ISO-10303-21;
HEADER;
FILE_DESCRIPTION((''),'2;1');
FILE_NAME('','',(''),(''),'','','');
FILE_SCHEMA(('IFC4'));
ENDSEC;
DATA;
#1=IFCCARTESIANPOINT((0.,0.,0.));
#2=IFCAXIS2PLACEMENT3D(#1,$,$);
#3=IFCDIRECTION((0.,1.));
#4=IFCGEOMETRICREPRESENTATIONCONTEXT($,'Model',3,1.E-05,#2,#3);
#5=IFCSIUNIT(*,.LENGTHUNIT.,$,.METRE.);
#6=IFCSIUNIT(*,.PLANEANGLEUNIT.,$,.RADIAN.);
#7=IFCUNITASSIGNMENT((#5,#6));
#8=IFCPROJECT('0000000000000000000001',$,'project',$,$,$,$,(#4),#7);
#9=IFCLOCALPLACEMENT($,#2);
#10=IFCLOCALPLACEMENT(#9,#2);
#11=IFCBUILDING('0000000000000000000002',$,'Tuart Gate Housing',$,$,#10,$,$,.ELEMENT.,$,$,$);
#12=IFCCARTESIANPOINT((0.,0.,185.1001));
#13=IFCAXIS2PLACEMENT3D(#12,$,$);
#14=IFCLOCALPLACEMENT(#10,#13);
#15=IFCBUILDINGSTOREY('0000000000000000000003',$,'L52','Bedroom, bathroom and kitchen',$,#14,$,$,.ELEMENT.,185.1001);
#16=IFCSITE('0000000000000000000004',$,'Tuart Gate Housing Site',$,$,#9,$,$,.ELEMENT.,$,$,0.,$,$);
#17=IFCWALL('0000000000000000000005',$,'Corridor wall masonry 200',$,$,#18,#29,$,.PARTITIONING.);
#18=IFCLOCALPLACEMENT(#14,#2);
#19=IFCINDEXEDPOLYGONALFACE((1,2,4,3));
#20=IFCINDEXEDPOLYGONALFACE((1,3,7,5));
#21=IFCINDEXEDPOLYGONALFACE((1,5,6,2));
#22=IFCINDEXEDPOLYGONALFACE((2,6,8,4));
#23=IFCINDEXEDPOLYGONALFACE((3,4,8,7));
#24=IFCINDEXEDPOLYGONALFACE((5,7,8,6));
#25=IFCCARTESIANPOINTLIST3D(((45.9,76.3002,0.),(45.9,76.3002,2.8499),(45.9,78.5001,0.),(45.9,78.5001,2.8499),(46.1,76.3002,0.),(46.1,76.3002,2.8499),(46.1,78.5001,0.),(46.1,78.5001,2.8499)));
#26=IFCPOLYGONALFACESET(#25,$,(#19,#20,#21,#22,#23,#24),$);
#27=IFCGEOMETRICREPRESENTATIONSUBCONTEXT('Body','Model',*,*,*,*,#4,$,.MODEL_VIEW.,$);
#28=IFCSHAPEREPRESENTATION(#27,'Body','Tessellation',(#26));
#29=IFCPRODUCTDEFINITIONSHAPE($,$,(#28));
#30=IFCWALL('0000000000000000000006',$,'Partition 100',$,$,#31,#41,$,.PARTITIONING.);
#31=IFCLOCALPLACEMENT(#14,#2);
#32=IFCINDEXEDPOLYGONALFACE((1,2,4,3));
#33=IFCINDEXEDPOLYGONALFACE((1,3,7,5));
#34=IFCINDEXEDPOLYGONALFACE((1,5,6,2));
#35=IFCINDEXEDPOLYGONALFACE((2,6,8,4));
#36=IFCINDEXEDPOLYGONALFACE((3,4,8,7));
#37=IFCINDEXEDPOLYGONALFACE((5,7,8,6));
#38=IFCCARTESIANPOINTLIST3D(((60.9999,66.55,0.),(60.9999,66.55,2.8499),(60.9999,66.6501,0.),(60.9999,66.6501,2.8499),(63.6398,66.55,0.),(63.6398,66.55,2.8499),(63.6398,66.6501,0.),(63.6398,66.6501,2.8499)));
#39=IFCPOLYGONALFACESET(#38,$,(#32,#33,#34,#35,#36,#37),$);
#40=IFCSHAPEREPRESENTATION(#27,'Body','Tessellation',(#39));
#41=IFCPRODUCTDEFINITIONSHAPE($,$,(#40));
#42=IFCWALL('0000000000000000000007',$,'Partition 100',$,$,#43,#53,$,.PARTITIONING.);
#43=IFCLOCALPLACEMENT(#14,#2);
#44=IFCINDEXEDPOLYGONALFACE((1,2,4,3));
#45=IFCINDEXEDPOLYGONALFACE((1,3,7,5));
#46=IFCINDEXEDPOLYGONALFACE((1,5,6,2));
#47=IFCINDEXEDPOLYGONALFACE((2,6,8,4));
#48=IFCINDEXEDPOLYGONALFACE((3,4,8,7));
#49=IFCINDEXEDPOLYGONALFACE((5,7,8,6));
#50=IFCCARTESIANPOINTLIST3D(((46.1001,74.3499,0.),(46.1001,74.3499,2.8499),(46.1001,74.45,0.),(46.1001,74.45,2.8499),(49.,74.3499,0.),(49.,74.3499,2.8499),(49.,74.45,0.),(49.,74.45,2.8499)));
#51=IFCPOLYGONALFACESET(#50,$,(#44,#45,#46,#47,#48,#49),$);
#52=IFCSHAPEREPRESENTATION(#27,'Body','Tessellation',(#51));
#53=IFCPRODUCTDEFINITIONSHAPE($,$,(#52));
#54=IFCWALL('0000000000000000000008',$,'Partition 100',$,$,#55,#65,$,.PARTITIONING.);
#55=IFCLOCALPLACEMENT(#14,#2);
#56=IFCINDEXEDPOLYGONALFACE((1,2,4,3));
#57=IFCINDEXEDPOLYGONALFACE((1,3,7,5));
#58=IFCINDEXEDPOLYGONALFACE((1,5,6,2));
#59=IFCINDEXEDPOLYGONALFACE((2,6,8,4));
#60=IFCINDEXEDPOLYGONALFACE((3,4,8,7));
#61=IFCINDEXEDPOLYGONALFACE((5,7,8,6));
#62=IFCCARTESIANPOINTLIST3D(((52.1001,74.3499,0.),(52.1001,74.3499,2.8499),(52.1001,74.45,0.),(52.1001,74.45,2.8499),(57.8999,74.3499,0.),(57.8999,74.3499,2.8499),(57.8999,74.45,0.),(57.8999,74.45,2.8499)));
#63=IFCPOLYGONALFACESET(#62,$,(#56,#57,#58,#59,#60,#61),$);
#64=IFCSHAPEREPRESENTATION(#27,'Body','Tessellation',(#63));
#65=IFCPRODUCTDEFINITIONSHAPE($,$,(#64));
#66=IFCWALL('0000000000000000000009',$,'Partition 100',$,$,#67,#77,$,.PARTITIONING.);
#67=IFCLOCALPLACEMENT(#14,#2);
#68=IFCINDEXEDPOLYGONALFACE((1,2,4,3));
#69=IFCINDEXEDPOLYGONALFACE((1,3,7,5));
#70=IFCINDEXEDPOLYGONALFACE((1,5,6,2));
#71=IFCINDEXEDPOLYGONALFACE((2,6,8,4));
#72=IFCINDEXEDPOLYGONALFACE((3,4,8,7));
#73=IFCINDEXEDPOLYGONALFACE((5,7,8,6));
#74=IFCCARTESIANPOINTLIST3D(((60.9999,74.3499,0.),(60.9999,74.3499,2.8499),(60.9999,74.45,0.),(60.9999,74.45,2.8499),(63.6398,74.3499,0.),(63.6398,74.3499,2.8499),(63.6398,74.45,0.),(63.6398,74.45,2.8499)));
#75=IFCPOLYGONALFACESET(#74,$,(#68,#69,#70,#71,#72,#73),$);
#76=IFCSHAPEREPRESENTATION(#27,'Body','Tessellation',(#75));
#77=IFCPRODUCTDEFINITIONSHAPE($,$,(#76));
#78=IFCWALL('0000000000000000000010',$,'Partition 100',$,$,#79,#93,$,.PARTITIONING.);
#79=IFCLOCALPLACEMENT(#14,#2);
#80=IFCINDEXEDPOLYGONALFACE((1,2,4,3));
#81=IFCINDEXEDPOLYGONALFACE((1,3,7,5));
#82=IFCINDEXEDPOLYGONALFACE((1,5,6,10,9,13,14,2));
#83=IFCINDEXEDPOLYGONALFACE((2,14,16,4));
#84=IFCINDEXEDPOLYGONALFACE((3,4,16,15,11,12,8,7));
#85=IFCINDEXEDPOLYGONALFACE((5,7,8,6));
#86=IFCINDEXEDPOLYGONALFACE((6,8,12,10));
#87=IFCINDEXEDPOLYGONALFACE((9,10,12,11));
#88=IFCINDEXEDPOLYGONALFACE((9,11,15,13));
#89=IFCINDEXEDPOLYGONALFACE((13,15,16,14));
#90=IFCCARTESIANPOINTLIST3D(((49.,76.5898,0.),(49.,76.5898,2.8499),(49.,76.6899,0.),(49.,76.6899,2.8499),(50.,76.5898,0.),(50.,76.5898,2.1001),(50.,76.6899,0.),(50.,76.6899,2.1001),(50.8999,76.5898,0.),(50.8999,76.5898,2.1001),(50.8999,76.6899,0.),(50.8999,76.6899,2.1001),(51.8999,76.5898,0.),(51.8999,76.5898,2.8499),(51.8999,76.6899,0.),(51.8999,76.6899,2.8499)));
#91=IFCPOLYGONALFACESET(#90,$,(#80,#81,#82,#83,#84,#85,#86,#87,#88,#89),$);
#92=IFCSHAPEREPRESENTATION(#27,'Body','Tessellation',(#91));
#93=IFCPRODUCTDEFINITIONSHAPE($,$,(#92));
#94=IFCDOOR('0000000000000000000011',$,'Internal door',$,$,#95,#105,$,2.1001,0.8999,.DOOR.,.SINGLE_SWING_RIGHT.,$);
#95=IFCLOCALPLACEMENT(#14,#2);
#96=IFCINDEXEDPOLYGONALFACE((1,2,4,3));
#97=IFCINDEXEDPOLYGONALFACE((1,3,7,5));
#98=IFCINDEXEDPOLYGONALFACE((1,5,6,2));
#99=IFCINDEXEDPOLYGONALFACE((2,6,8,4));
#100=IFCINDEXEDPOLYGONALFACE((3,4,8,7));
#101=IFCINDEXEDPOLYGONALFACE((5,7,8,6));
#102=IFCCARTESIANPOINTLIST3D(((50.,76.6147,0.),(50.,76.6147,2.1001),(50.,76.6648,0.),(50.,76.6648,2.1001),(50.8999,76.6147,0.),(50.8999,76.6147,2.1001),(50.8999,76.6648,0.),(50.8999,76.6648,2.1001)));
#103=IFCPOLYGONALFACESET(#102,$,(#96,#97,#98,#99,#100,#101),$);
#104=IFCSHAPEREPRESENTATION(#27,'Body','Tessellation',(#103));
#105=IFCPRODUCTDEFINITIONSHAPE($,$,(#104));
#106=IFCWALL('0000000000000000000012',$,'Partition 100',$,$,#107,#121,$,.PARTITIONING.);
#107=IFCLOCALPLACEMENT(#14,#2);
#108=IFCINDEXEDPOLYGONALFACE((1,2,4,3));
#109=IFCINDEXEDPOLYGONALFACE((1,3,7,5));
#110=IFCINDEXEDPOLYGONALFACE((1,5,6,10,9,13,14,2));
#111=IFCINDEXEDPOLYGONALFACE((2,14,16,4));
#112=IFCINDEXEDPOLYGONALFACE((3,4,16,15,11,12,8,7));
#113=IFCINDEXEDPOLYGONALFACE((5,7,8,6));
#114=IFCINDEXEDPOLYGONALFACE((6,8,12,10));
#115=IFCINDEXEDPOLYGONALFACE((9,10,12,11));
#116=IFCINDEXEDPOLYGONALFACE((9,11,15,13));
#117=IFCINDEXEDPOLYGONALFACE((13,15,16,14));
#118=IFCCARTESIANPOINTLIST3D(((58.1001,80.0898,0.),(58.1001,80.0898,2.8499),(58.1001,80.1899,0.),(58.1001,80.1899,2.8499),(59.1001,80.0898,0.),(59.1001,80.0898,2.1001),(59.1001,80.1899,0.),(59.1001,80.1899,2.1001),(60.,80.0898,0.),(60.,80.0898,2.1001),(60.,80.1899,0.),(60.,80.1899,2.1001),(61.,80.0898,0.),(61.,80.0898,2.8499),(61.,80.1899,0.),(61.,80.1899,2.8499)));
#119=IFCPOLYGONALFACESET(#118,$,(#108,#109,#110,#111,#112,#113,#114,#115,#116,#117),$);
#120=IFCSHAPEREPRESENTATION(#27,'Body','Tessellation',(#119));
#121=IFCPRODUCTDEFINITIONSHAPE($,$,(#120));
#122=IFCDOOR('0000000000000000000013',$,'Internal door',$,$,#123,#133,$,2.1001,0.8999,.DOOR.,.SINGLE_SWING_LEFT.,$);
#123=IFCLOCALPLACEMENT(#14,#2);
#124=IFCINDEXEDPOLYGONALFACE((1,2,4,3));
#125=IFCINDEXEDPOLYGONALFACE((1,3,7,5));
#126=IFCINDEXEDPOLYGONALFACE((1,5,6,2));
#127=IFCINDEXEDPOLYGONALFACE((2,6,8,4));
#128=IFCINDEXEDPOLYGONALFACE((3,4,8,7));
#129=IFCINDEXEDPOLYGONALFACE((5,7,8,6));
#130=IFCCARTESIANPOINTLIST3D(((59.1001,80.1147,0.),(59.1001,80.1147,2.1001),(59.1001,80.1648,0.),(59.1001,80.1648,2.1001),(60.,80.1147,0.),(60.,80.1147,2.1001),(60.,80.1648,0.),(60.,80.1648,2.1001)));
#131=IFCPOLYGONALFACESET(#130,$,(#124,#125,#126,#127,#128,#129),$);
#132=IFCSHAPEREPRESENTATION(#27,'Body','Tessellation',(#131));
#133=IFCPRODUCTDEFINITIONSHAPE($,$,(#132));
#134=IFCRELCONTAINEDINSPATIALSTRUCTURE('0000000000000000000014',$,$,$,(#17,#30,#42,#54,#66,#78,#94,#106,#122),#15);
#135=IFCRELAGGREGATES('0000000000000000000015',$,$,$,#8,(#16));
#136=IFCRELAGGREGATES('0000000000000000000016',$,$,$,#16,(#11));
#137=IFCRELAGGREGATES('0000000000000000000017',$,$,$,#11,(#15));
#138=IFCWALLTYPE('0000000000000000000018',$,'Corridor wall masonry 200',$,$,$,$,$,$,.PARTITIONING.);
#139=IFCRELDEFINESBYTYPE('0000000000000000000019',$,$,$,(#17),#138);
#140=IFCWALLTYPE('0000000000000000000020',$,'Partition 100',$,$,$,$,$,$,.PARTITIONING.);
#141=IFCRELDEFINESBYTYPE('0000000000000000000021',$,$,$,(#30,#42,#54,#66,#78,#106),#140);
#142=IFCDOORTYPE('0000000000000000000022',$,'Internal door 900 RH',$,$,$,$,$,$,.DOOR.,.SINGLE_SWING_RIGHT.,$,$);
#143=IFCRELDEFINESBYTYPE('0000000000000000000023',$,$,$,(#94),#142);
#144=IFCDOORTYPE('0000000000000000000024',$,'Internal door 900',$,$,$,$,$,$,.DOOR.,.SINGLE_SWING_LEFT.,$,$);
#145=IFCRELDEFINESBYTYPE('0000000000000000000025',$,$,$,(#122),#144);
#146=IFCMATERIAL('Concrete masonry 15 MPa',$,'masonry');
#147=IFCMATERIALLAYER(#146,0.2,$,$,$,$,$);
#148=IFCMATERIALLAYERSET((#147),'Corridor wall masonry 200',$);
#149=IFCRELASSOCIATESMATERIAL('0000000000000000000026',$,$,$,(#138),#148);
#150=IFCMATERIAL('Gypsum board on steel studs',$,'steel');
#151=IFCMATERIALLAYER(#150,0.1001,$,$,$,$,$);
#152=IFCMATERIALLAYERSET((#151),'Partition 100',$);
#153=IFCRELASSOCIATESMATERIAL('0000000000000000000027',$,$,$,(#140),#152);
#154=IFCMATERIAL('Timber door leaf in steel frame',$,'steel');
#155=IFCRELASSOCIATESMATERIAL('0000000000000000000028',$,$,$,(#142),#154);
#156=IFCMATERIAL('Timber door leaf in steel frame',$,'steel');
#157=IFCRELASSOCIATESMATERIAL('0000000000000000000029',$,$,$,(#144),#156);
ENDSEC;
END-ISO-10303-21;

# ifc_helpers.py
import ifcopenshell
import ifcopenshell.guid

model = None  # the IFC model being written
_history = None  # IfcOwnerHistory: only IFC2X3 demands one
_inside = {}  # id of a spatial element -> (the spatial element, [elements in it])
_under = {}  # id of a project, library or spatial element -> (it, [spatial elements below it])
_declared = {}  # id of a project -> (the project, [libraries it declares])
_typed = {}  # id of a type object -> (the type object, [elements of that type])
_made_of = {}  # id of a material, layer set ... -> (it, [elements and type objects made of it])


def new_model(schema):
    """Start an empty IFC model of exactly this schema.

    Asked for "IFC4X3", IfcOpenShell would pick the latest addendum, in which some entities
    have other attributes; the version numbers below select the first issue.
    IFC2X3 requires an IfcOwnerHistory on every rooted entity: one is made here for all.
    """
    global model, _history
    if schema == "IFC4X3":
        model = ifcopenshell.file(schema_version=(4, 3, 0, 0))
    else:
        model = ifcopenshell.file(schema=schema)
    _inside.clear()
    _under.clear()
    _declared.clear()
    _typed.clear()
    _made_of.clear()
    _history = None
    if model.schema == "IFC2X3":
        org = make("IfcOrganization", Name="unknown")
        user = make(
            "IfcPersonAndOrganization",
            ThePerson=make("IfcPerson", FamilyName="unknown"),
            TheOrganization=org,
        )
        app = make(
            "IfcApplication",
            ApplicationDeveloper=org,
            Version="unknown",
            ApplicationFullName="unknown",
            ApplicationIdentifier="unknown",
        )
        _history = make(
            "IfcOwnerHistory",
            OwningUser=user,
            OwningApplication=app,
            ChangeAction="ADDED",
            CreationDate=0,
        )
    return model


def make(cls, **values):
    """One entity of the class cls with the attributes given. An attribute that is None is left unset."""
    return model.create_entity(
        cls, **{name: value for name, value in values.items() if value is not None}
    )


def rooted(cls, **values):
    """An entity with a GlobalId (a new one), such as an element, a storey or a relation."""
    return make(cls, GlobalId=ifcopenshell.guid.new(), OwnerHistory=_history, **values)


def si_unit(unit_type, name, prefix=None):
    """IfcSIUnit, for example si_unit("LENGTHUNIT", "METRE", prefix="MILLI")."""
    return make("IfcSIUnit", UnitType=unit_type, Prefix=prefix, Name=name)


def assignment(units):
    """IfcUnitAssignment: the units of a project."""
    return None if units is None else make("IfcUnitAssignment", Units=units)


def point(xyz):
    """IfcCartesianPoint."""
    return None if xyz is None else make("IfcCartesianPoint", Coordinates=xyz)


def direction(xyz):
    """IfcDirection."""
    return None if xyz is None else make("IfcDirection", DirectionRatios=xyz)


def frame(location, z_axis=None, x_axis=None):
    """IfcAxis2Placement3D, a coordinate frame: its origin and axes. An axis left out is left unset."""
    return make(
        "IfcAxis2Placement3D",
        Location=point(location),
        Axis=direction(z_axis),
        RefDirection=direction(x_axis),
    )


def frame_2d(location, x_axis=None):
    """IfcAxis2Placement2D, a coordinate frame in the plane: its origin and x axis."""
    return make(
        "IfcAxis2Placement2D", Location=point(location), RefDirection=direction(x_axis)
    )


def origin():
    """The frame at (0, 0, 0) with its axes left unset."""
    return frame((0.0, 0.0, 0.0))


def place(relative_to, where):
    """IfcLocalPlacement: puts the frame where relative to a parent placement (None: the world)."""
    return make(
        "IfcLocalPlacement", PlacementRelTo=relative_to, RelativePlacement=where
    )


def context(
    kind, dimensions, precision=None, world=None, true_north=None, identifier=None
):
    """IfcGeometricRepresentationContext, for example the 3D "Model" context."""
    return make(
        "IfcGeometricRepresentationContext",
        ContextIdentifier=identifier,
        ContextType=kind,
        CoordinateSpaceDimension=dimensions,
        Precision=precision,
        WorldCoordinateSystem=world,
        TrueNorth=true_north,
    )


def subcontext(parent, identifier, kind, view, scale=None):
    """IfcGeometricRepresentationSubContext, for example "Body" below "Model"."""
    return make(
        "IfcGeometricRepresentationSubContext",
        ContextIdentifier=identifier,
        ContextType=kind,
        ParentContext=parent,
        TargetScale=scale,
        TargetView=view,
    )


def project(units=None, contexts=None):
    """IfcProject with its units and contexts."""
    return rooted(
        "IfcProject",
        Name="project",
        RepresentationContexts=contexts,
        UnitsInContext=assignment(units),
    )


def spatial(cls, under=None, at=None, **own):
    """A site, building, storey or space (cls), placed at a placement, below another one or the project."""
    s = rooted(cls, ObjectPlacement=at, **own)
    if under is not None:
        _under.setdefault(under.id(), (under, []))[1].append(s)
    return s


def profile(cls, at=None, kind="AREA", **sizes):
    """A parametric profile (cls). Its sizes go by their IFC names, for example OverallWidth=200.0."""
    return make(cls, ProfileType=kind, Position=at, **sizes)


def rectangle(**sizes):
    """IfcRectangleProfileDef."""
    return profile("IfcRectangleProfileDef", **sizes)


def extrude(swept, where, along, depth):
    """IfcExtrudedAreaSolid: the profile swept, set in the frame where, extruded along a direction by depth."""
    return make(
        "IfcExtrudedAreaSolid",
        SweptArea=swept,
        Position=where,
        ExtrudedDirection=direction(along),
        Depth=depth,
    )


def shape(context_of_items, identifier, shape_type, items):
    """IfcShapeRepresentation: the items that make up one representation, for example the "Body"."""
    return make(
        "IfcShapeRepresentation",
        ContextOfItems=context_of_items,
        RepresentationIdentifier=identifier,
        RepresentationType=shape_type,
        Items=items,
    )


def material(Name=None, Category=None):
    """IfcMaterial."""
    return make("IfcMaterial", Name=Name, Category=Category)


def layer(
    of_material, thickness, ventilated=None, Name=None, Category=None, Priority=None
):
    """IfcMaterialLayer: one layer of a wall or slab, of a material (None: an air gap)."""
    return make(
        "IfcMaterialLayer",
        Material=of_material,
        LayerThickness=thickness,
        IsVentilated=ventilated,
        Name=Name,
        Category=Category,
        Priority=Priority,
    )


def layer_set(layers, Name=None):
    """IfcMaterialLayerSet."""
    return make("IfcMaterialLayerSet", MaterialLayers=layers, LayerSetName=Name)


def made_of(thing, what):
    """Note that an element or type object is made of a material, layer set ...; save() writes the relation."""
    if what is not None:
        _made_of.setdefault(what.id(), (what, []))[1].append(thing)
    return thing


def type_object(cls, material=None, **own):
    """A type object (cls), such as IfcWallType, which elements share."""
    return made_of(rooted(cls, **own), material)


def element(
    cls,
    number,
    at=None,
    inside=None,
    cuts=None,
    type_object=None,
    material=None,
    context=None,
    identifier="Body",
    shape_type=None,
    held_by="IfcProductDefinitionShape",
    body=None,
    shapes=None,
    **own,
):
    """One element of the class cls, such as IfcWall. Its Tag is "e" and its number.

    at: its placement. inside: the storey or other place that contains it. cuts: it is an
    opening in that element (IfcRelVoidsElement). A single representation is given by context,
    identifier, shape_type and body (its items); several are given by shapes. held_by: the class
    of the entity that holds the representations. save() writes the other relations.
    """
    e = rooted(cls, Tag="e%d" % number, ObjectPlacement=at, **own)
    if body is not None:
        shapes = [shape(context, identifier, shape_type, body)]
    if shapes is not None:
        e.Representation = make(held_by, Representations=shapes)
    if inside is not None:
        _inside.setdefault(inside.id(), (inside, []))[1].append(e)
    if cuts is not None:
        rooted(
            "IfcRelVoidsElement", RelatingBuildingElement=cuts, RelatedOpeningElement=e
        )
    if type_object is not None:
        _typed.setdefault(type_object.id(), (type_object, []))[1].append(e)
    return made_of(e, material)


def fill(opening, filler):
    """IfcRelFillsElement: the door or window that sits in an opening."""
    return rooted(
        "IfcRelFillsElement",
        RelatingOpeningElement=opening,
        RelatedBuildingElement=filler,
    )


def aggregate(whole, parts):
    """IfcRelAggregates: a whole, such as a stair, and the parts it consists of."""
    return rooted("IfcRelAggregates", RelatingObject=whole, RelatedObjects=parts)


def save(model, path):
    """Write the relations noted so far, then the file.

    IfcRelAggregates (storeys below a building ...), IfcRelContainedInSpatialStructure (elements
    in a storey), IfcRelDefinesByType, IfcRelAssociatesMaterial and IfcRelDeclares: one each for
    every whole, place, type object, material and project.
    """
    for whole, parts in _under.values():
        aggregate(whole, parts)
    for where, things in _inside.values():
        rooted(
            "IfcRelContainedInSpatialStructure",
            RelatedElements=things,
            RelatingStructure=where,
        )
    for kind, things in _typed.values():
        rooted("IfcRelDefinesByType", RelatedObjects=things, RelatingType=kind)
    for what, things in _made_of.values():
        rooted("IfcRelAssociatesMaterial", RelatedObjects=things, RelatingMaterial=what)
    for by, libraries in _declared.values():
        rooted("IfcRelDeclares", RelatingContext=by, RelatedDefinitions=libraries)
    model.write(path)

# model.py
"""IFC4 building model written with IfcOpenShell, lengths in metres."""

from ifc_helpers import new_model, si_unit, direction, frame, frame_2d, origin, place, context, subcontext, project, spatial, rectangle, extrude, material, layer, layer_set, type_object, element, fill, save


model = new_model("IFC4")

# Units and contexts
model_context = context("Model", 3, precision=1e-05, world=origin(), true_north=direction((0.0, 1.0)))
body_context = subcontext(model_context, "Body", "Model", "MODEL_VIEW")
ifc_project = project(units=[si_unit("LENGTHUNIT", "METRE"), si_unit("PLANEANGLEUNIT", "RADIAN")], contexts=[model_context])

# Site, building, storey
site_placement = place(None, origin())
site = spatial("IfcSite", under=ifc_project, at=site_placement, Name="Tuart Gate Housing Site", CompositionType="ELEMENT", RefElevation=0.0)
building_placement = place(site_placement, origin())
building = spatial("IfcBuilding", under=site, at=building_placement, Name="Tuart Gate Housing", CompositionType="ELEMENT")
storey_placement = place(building_placement, frame((0.0, 0.0, 185.1001)))
storey = spatial("IfcBuildingStorey", under=building, at=storey_placement, Name="L52", Description="Bedroom, bathroom and kitchen", CompositionType="ELEMENT", Elevation=185.1001)

# Walls
ifc_material_1 = material(Name="Concrete masonry 15 MPa", Category="masonry")
ifc_layer_1 = layer(ifc_material_1, 0.2)
ifc_layer_set_1 = layer_set([ifc_layer_1], Name="Corridor wall masonry 200")
wall_type_1 = type_object("IfcWallType", Name="Corridor wall masonry 200", PredefinedType="PARTITIONING", material=ifc_layer_set_1)
wall_1_placement = place(storey_placement, frame((46.0, 76.3, 0.0), z_axis=(0.0, 0.0, 1.0), x_axis=(0.0, 1.0, 0.0)))
element("IfcWall", 1, at=wall_1_placement, inside=storey, type_object=wall_type_1, Name="Corridor wall masonry 200", PredefinedType="PARTITIONING", context=body_context, shape_type="SweptSolid", body=[
    extrude(rectangle(XDim=2.2, YDim=0.2, at=frame_2d((1.1001, 0.0))), origin(), (0.0, 0.0, 1.0), 2.8499),
])
ifc_material_2 = material(Name="Gypsum board on steel studs", Category="steel")
ifc_layer_2 = layer(ifc_material_2, 0.1001)
ifc_layer_set_2 = layer_set([ifc_layer_2], Name="Partition 100")
wall_type_2 = type_object("IfcWallType", Name="Partition 100", PredefinedType="PARTITIONING", material=ifc_layer_set_2)
wall_2_placement = place(storey_placement, frame((61.0, 66.6001, 0.0), z_axis=(0.0, 0.0, 1.0), x_axis=(1.0, 0.0, 0.0)))
element("IfcWall", 2, at=wall_2_placement, inside=storey, type_object=wall_type_2, Name="Partition 100", PredefinedType="PARTITIONING", context=body_context, shape_type="SweptSolid", body=[
    extrude(rectangle(XDim=2.6399, YDim=0.1001, at=frame_2d((1.3198, 0.0))), origin(), (0.0, 0.0, 1.0), 2.8499),
])
wall_3_placement = place(storey_placement, frame((46.1001, 74.3999, 0.0), z_axis=(0.0, 0.0, 1.0), x_axis=(1.0, 0.0, 0.0)))
element("IfcWall", 3, at=wall_3_placement, inside=storey, type_object=wall_type_2, Name="Partition 100", PredefinedType="PARTITIONING", context=body_context, shape_type="SweptSolid", body=[
    extrude(rectangle(XDim=2.8999, YDim=0.1001, at=frame_2d((1.45, 0.0))), origin(), (0.0, 0.0, 1.0), 2.8499),
])
wall_4_placement = place(storey_placement, frame((52.1001, 74.3999, 0.0), z_axis=(0.0, 0.0, 1.0), x_axis=(1.0, 0.0, 0.0)))
element("IfcWall", 4, at=wall_4_placement, inside=storey, type_object=wall_type_2, Name="Partition 100", PredefinedType="PARTITIONING", context=body_context, shape_type="SweptSolid", body=[
    extrude(rectangle(XDim=5.7998, YDim=0.1001, at=frame_2d((2.8999, 0.0))), origin(), (0.0, 0.0, 1.0), 2.8499),
])
wall_5_placement = place(storey_placement, frame((61.0, 74.3999, 0.0), z_axis=(0.0, 0.0, 1.0), x_axis=(1.0, 0.0, 0.0)))
element("IfcWall", 5, at=wall_5_placement, inside=storey, type_object=wall_type_2, Name="Partition 100", PredefinedType="PARTITIONING", context=body_context, shape_type="SweptSolid", body=[
    extrude(rectangle(XDim=2.6399, YDim=0.1001, at=frame_2d((1.3198, 0.0))), origin(), (0.0, 0.0, 1.0), 2.8499),
])

# Walls, openings, doors
wall_6_placement = place(storey_placement, frame((49.0, 76.6399, 0.0), z_axis=(0.0, 0.0, 1.0), x_axis=(1.0, 0.0, 0.0)))
wall_6 = element("IfcWall", 6, at=wall_6_placement, inside=storey, type_object=wall_type_2, Name="Partition 100", PredefinedType="PARTITIONING", context=body_context, shape_type="SweptSolid", body=[
    extrude(rectangle(XDim=2.8999, YDim=0.1001, at=frame_2d((1.45, 0.0))), origin(), (0.0, 0.0, 1.0), 2.8499),
])
opening_1_placement = place(wall_6_placement, frame((1.0, 0.0, 0.0)))
opening_1 = element("IfcOpeningElement", 7, at=opening_1_placement, cuts=wall_6, PredefinedType="OPENING", context=body_context, shape_type="SweptSolid", body=[
    extrude(rectangle(XDim=0.8999, YDim=2.1001, at=frame_2d((0.45, 1.05))), frame((0.0, 0.0601, 0.0), z_axis=(0.0, -1.0, 0.0), x_axis=(1.0, 0.0, 0.0)), (0.0, 0.0, 1.0), 0.1201),
])
ifc_material_3 = material(Name="Timber door leaf in steel frame", Category="steel")
door_type_1 = type_object("IfcDoorType", Name="Internal door 900 RH", OperationType="SINGLE_SWING_RIGHT", PredefinedType="DOOR", material=ifc_material_3)
door_1_placement = place(opening_1_placement, frame((0.8999, 0.0, 0.0), z_axis=(0.0, 0.0, 1.0), x_axis=(-1.0, 0.0, 0.0)))
door_1 = element("IfcDoor", 8, at=door_1_placement, inside=storey, type_object=door_type_1, Name="Internal door", OperationType="SINGLE_SWING_RIGHT", OverallHeight=2.1001, OverallWidth=0.8999, PredefinedType="DOOR", context=body_context, shape_type="SweptSolid", body=[
    extrude(rectangle(XDim=0.8999, YDim=2.1001, at=frame_2d((0.45, 1.05))), frame((0.0, 0.0251, 0.0), z_axis=(0.0, -1.0, 0.0), x_axis=(1.0, 0.0, 0.0)), (0.0, 0.0, 1.0), 0.05),
])
fill(opening_1, door_1)
wall_7_placement = place(storey_placement, frame((58.1001, 80.1399, 0.0), z_axis=(0.0, 0.0, 1.0), x_axis=(1.0, 0.0, 0.0)))
wall_7 = element("IfcWall", 9, at=wall_7_placement, inside=storey, type_object=wall_type_2, Name="Partition 100", PredefinedType="PARTITIONING", context=body_context, shape_type="SweptSolid", body=[
    extrude(rectangle(XDim=2.8999, YDim=0.1001, at=frame_2d((1.45, 0.0))), origin(), (0.0, 0.0, 1.0), 2.8499),
])
opening_2_placement = place(wall_7_placement, frame((1.0, 0.0, 0.0)))
opening_2 = element("IfcOpeningElement", 10, at=opening_2_placement, cuts=wall_7, PredefinedType="OPENING", context=body_context, shape_type="SweptSolid", body=[
    extrude(rectangle(XDim=0.8999, YDim=2.1001, at=frame_2d((0.45, 1.05))), frame((0.0, 0.0601, 0.0), z_axis=(0.0, -1.0, 0.0), x_axis=(1.0, 0.0, 0.0)), (0.0, 0.0, 1.0), 0.1201),
])
ifc_material_4 = material(Name="Timber door leaf in steel frame", Category="steel")
door_type_2 = type_object("IfcDoorType", Name="Internal door 900", OperationType="SINGLE_SWING_LEFT", PredefinedType="DOOR", material=ifc_material_4)
door_2_placement = place(opening_2_placement, frame((0.8999, 0.0, 0.0), z_axis=(0.0, 0.0, 1.0), x_axis=(-1.0, 0.0, 0.0)))
door_2 = element("IfcDoor", 11, at=door_2_placement, inside=storey, type_object=door_type_2, Name="Internal door", OperationType="SINGLE_SWING_LEFT", OverallHeight=2.1001, OverallWidth=0.8999, PredefinedType="DOOR", context=body_context, shape_type="SweptSolid", body=[
    extrude(rectangle(XDim=0.8999, YDim=2.1001, at=frame_2d((0.45, 1.05))), frame((0.0, 0.0251, 0.0), z_axis=(0.0, -1.0, 0.0), x_axis=(1.0, 0.0, 0.0)), (0.0, 0.0, 1.0), 0.05),
])
fill(opening_2, door_2)

save(model, "model.ifc")
